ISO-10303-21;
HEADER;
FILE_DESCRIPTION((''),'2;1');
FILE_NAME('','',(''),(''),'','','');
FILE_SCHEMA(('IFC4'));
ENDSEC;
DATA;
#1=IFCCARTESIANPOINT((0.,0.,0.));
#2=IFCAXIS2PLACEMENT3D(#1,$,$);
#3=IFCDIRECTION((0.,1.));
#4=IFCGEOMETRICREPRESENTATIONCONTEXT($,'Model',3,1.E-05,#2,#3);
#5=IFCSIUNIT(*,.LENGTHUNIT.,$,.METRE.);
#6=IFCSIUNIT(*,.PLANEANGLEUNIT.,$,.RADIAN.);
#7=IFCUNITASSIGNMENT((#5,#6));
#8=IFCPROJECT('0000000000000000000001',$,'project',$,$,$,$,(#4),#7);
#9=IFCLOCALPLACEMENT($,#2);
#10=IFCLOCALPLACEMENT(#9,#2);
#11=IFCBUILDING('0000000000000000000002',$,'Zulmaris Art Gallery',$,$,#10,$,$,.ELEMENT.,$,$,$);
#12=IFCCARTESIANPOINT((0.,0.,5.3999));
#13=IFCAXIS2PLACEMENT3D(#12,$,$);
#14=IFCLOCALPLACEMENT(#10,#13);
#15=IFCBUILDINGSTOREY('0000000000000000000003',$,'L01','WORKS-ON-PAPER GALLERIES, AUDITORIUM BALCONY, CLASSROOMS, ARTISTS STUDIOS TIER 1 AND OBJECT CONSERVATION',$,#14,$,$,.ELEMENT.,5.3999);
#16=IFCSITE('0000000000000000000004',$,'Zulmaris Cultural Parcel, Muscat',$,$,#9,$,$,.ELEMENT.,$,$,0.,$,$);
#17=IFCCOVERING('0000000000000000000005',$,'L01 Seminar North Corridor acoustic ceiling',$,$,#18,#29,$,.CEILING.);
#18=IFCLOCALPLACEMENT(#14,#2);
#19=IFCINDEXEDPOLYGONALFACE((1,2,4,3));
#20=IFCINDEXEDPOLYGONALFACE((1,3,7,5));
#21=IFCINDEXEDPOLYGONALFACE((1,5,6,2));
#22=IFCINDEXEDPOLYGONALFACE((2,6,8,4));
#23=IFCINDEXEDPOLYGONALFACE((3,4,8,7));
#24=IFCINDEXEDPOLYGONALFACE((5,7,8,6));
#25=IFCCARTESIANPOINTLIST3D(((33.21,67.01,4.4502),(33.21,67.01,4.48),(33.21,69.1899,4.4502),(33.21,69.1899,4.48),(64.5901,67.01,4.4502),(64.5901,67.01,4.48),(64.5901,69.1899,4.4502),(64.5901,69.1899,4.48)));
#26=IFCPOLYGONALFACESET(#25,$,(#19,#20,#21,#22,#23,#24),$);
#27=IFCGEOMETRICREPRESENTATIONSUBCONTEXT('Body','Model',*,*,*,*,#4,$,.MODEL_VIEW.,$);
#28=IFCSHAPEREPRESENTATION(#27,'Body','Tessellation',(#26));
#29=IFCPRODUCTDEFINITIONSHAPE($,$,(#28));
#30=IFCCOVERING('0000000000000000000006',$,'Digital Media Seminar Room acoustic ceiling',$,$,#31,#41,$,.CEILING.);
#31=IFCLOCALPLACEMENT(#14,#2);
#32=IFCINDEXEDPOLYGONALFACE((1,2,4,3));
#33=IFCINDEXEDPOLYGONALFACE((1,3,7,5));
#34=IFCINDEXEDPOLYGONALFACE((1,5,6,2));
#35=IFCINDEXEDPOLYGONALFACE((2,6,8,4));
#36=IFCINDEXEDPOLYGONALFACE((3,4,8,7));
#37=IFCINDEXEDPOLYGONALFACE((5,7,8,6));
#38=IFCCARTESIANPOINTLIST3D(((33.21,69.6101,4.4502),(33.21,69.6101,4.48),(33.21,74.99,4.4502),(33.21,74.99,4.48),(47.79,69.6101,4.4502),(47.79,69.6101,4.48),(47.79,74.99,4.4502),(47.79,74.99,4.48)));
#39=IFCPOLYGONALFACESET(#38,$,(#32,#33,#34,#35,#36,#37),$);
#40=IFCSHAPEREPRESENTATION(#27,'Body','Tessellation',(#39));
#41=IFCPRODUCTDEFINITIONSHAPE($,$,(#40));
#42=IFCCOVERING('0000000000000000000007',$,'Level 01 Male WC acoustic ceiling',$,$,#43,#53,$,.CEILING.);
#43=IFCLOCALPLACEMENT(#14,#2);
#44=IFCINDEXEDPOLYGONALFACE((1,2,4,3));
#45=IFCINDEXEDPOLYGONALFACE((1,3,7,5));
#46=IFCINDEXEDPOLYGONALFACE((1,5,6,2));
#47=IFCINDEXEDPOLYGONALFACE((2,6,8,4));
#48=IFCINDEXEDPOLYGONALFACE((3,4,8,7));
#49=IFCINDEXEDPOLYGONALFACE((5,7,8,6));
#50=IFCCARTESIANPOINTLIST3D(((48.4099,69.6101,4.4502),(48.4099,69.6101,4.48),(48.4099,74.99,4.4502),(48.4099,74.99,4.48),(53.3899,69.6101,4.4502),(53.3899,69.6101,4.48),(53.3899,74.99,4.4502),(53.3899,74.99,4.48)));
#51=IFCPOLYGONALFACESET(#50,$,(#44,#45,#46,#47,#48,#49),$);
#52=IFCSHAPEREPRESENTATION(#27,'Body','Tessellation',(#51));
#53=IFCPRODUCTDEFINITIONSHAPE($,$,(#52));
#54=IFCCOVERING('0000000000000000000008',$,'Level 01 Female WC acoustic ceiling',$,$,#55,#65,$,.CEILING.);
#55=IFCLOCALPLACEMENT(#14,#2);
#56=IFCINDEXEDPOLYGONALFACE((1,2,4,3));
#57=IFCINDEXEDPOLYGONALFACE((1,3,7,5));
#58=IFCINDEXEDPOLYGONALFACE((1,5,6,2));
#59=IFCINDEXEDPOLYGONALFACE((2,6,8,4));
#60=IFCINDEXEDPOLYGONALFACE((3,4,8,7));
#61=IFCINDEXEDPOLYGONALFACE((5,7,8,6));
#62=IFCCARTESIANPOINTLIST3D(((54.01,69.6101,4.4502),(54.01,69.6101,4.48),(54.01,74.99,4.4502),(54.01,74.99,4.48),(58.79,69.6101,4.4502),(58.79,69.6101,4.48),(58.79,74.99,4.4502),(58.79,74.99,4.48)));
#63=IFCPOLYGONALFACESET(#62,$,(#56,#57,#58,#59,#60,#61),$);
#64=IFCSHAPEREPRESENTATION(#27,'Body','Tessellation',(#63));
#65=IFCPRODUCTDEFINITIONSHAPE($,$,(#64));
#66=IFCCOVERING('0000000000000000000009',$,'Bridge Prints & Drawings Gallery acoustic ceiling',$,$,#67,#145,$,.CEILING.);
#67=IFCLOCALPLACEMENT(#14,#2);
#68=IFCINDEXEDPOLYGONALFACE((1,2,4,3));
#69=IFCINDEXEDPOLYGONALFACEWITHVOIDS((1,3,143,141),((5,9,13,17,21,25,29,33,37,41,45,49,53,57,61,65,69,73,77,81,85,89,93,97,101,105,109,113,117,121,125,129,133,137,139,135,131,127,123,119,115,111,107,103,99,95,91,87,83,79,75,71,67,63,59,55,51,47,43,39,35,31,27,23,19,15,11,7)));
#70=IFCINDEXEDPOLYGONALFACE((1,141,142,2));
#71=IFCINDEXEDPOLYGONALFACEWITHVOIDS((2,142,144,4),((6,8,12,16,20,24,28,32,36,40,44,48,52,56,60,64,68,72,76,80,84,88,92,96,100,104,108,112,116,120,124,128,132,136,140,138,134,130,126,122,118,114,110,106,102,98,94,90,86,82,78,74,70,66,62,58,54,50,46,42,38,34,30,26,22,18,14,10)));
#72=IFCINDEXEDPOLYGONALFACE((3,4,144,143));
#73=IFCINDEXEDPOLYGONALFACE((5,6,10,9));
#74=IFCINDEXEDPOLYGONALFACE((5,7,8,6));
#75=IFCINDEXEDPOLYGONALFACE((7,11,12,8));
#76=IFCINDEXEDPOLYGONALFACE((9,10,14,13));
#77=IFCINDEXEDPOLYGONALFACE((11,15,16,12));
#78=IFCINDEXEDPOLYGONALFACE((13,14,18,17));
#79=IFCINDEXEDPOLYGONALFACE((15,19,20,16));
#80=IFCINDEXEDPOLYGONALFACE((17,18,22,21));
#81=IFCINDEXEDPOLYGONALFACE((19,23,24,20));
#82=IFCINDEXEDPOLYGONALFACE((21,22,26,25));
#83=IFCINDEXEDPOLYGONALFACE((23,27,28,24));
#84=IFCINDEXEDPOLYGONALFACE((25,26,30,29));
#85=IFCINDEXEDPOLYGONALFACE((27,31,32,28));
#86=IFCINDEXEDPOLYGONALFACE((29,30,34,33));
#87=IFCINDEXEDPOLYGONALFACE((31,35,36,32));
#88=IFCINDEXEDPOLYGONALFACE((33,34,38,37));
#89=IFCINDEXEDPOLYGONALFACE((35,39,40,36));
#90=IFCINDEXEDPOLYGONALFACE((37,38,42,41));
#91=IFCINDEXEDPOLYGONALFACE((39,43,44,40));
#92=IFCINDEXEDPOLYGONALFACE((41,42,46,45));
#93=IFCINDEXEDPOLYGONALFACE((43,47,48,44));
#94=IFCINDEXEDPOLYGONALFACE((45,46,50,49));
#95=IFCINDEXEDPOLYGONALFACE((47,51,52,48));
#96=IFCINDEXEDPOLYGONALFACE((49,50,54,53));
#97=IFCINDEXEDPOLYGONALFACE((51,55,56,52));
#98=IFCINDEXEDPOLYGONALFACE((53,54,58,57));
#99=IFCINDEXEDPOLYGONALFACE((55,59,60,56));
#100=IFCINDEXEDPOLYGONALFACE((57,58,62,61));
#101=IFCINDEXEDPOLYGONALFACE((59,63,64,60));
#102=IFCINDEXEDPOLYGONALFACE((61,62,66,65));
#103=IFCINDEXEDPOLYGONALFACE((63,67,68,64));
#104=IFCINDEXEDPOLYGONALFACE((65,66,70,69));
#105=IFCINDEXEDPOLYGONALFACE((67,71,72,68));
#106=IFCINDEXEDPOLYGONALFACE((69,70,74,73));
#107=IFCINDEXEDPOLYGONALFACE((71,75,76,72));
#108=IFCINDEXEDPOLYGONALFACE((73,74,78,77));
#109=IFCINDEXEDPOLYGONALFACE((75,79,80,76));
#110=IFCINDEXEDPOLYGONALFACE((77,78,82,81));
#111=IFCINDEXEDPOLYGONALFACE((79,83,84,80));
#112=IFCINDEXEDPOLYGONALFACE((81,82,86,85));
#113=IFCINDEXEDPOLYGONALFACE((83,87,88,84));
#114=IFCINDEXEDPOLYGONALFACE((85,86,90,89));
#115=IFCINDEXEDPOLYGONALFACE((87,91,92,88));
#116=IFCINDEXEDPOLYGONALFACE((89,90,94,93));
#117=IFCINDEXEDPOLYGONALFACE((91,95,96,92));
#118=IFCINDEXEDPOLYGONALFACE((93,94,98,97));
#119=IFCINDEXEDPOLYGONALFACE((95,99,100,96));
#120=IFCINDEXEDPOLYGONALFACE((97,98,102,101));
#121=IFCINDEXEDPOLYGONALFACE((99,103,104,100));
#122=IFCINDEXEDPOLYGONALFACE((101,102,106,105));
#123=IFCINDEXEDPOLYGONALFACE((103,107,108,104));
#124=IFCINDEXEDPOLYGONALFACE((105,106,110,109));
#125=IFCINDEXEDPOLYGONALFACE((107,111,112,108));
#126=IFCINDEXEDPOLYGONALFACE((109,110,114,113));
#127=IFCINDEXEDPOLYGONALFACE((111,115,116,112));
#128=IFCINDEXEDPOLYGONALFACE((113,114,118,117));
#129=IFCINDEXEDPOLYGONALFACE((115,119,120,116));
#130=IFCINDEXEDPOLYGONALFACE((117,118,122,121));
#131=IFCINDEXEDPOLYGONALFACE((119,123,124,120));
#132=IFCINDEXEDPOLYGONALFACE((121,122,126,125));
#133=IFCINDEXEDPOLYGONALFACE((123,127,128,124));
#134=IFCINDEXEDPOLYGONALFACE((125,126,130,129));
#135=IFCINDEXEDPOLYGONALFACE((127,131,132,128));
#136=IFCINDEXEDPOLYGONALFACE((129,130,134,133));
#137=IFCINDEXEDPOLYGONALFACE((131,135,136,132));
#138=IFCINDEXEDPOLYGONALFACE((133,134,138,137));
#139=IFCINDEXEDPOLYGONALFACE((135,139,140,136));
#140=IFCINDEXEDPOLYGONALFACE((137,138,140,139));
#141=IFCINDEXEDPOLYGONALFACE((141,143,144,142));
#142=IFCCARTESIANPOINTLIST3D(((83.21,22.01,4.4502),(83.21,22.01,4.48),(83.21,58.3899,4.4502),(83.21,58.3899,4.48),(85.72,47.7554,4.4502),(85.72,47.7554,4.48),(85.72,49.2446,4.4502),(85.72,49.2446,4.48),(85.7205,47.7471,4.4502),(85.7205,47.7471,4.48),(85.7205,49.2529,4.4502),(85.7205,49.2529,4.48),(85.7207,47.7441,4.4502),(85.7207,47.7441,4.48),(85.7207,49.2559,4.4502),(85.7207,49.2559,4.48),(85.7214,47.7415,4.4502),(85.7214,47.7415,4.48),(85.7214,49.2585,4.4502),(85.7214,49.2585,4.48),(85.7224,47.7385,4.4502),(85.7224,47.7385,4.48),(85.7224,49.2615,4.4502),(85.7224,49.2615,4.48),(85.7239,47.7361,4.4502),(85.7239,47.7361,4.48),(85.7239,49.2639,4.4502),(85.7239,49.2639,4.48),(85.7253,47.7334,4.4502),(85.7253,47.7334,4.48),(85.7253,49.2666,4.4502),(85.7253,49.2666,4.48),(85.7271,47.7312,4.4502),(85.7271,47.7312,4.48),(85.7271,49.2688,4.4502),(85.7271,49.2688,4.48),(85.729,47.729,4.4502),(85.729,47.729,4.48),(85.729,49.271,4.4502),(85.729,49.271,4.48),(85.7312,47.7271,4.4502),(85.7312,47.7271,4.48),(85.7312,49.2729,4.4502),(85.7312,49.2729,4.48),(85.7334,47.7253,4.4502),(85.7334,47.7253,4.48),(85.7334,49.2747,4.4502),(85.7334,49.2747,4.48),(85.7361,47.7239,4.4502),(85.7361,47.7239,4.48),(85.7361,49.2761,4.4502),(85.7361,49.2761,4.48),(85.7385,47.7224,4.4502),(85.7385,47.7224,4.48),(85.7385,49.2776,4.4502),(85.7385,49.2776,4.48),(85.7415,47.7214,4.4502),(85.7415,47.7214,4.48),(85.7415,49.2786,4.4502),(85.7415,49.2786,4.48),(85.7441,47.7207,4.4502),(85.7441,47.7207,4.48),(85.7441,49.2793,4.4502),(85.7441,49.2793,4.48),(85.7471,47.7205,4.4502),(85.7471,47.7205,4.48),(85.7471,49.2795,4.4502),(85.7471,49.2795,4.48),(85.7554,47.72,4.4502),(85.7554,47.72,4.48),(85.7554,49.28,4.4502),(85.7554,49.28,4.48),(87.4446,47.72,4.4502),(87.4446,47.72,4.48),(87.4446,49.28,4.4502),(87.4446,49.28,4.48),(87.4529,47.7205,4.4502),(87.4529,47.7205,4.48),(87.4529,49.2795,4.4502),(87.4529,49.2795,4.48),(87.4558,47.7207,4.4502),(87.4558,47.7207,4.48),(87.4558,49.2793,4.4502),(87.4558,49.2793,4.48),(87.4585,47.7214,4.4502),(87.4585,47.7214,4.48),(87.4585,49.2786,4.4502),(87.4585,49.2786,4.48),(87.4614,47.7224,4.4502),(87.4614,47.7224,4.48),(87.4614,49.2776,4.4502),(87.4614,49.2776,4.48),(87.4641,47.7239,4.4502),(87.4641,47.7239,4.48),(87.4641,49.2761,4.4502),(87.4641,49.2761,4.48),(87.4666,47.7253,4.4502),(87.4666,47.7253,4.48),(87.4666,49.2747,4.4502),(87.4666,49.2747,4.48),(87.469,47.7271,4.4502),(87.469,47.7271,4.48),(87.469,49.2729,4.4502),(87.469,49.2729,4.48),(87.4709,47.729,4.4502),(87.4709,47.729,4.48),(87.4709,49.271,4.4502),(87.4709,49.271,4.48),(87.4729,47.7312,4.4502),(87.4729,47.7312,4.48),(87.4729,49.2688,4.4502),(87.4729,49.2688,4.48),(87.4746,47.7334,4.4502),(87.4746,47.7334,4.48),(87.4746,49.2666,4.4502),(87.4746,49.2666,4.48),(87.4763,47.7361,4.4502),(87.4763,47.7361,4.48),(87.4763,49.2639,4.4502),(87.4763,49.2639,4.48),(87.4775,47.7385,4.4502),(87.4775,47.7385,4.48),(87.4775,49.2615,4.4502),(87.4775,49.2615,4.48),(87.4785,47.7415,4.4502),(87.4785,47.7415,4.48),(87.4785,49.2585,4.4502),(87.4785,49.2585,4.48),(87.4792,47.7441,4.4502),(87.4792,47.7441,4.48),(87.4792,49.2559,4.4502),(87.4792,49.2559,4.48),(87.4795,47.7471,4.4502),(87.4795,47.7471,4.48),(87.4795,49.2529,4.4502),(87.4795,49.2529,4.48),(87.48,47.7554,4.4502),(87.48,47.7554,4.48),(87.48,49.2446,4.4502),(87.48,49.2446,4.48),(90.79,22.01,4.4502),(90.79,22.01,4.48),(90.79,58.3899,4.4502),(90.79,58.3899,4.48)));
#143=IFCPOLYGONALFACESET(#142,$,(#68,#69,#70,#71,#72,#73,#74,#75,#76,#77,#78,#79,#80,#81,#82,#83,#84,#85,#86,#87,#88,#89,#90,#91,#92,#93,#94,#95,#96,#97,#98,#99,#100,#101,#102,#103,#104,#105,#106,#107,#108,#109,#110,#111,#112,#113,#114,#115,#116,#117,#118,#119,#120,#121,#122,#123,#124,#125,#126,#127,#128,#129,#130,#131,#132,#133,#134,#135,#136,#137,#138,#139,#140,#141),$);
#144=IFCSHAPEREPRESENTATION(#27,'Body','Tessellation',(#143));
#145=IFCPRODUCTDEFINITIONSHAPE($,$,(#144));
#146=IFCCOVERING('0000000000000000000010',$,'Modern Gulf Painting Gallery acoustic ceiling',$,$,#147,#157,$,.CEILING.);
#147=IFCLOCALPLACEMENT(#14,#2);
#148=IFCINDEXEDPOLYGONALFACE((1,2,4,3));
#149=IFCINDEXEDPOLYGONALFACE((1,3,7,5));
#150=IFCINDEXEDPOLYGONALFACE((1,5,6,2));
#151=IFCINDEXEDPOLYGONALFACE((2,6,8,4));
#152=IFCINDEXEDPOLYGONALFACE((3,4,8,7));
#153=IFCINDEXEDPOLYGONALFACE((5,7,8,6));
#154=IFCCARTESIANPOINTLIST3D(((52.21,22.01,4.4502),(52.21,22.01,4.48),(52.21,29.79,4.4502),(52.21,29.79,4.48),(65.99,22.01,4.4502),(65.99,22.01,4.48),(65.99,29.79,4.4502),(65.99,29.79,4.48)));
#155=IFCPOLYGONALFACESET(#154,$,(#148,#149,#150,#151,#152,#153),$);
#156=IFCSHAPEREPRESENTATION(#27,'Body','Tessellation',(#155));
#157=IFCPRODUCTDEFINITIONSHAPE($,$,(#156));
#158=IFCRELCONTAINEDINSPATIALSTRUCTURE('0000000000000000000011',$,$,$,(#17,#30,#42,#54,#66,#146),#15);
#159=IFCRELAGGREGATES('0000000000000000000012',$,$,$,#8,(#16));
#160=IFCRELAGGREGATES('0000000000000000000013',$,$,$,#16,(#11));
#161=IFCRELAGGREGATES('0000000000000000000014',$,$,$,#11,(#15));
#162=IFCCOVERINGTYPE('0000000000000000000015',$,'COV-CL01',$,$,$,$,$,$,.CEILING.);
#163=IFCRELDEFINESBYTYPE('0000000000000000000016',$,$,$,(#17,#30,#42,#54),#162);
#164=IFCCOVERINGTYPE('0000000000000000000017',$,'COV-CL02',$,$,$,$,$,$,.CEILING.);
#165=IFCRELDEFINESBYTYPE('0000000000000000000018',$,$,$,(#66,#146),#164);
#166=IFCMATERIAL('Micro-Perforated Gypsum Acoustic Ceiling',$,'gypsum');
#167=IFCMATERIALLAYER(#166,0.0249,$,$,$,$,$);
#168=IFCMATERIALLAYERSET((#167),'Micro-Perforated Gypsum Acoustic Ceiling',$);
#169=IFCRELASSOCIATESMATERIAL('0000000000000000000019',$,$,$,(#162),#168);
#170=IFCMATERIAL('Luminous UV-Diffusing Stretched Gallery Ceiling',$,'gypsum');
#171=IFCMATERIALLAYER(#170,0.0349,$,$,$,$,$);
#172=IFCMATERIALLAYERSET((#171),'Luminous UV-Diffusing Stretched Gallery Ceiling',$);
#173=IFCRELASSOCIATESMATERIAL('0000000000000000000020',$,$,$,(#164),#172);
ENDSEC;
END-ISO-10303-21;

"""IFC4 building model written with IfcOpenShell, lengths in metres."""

from ifc_helpers import new_model, si_unit, direction, frame, origin, place, context, subcontext, project, spatial, polyline, outline, extrude, material, layer, layer_set, type_object, element, save


model = new_model("IFC4")

# Units and contexts
model_context = context("Model", 3, precision=1e-05, world=origin(), true_north=direction((0.0, 1.0)))
body_context = subcontext(model_context, "Body", "Model", "MODEL_VIEW")
ifc_project = project(units=[si_unit("LENGTHUNIT", "METRE"), si_unit("PLANEANGLEUNIT", "RADIAN")], contexts=[model_context])

# Site, building, storey
site_placement = place(None, origin())
site = spatial("IfcSite", under=ifc_project, at=site_placement, Name="Zulmaris Cultural Parcel, Muscat", CompositionType="ELEMENT", RefElevation=0.0)
building_placement = place(site_placement, origin())
building = spatial("IfcBuilding", under=site, at=building_placement, Name="Zulmaris Art Gallery", CompositionType="ELEMENT")
storey_placement = place(building_placement, frame((0.0, 0.0, 5.3999)))
storey = spatial("IfcBuildingStorey", under=building, at=storey_placement, Name="L01", Description="WORKS-ON-PAPER GALLERIES, AUDITORIUM BALCONY, CLASSROOMS, ARTISTS STUDIOS TIER 1 AND OBJECT CONSERVATION", CompositionType="ELEMENT", Elevation=5.3999)

# Coverings
ifc_material_1 = material(Name="Micro-Perforated Gypsum Acoustic Ceiling", Category="gypsum")
ifc_layer_1 = layer(ifc_material_1, 0.0249)
ifc_layer_set_1 = layer_set([ifc_layer_1], Name="Micro-Perforated Gypsum Acoustic Ceiling")
covering_type_1 = type_object("IfcCoveringType", Name="COV-CL01", PredefinedType="CEILING", material=ifc_layer_set_1)
covering_1_placement = place(storey_placement, frame((0.0, 0.0, 4.4502)))
element("IfcCovering", 1, at=covering_1_placement, inside=storey, type_object=covering_type_1, Name="L01 Seminar North Corridor acoustic ceiling", PredefinedType="CEILING", context=body_context, shape_type="SweptSolid", body=[
    extrude(outline(polyline([(33.21, 69.1899), (64.5901, 69.1899), (64.5901, 67.01), (33.21, 67.01), (33.21, 69.1899)])), origin(), (0.0, 0.0, 1.0), 0.0298),
])
covering_2_placement = place(storey_placement, frame((0.0, 0.0, 4.4502)))
element("IfcCovering", 2, at=covering_2_placement, inside=storey, type_object=covering_type_1, Name="Digital Media Seminar Room acoustic ceiling", PredefinedType="CEILING", context=body_context, shape_type="SweptSolid", body=[
    extrude(outline(polyline([(33.21, 74.99), (47.79, 74.99), (47.79, 69.6101), (33.21, 69.6101), (33.21, 74.99)])), origin(), (0.0, 0.0, 1.0), 0.0298),
])
covering_3_placement = place(storey_placement, frame((0.0, 0.0, 4.4502)))
element("IfcCovering", 3, at=covering_3_placement, inside=storey, type_object=covering_type_1, Name="Level 01 Male WC acoustic ceiling", PredefinedType="CEILING", context=body_context, shape_type="SweptSolid", body=[
    extrude(outline(polyline([(48.4099, 74.99), (53.3899, 74.99), (53.3899, 69.6101), (48.4099, 69.6101), (48.4099, 74.99)])), origin(), (0.0, 0.0, 1.0), 0.0298),
])
covering_4_placement = place(storey_placement, frame((0.0, 0.0, 4.4502)))
element("IfcCovering", 4, at=covering_4_placement, inside=storey, type_object=covering_type_1, Name="Level 01 Female WC acoustic ceiling", PredefinedType="CEILING", context=body_context, shape_type="SweptSolid", body=[
    extrude(outline(polyline([(54.01, 74.99), (58.79, 74.99), (58.79, 69.6101), (54.01, 69.6101), (54.01, 74.99)])), origin(), (0.0, 0.0, 1.0), 0.0298),
])
ifc_material_2 = material(Name="Luminous UV-Diffusing Stretched Gallery Ceiling", Category="gypsum")
ifc_layer_2 = layer(ifc_material_2, 0.0349)
ifc_layer_set_2 = layer_set([ifc_layer_2], Name="Luminous UV-Diffusing Stretched Gallery Ceiling")
covering_type_2 = type_object("IfcCoveringType", Name="COV-CL02", PredefinedType="CEILING", material=ifc_layer_set_2)
covering_5_placement = place(storey_placement, frame((0.0, 0.0, 4.4502)))
element("IfcCovering", 5, at=covering_5_placement, inside=storey, type_object=covering_type_2, Name="Bridge Prints & Drawings Gallery acoustic ceiling", PredefinedType="CEILING", context=body_context, shape_type="SweptSolid", body=[
    extrude(outline(polyline([(83.21, 58.3899), (90.79, 58.3899), (90.79, 22.01), (83.21, 22.01), (83.21, 58.3899)]), holes=[polyline([(85.7415, 49.2786), (85.7385, 49.2776), (85.7361, 49.2761), (85.7334, 49.2747), (85.7312, 49.2729), (85.729, 49.271), (85.7271, 49.2688), (85.7253, 49.2666), (85.7239, 49.2639), (85.7224, 49.2615), (85.7214, 49.2585), (85.7207, 49.2559), (85.7205, 49.2529), (85.72, 49.2446), (85.72, 47.7554), (85.7205, 47.7471), (85.7207, 47.7441), (85.7214, 47.7415), (85.7224, 47.7385), (85.7239, 47.7361), (85.7253, 47.7334), (85.7271, 47.7312), (85.729, 47.729), (85.7312, 47.7271), (85.7334, 47.7253), (85.7361, 47.7239), (85.7385, 47.7224), (85.7415, 47.7214), (85.7441, 47.7207), (85.7471, 47.7205), (85.7554, 47.72), (87.4446, 47.72), (87.4529, 47.7205), (87.4558, 47.7207), (87.4585, 47.7214), (87.4614, 47.7224), (87.4641, 47.7239), (87.4666, 47.7253), (87.469, 47.7271), (87.4709, 47.729), (87.4729, 47.7312), (87.4746, 47.7334), (87.4763, 47.7361), (87.4775, 47.7385), (87.4785, 47.7415), (87.4792, 47.7441), (87.4795, 47.7471), (87.48, 47.7554), (87.48, 49.2446), (87.4795, 49.2529), (87.4792, 49.2559), (87.4785, 49.2585), (87.4775, 49.2615), (87.4763, 49.2639), (87.4746, 49.2666), (87.4729, 49.2688), (87.4709, 49.271), (87.469, 49.2729), (87.4666, 49.2747), (87.4641, 49.2761), (87.4614, 49.2776), (87.4585, 49.2786), (87.4558, 49.2793), (87.4529, 49.2795), (87.4446, 49.28), (85.7554, 49.28), (85.7471, 49.2795), (85.7441, 49.2793), (85.7415, 49.2786)])]), origin(), (0.0, 0.0, 1.0), 0.0298),
])
covering_6_placement = place(storey_placement, frame((0.0, 0.0, 4.4502)))
element("IfcCovering", 6, at=covering_6_placement, inside=storey, type_object=covering_type_2, Name="Modern Gulf Painting Gallery acoustic ceiling", PredefinedType="CEILING", context=body_context, shape_type="SweptSolid", body=[
    extrude(outline(polyline([(52.21, 29.79), (65.99, 29.79), (65.99, 22.01), (52.21, 22.01), (52.21, 29.79)])), origin(), (0.0, 0.0, 1.0), 0.0298),
])

save(model, "model.ifc")
